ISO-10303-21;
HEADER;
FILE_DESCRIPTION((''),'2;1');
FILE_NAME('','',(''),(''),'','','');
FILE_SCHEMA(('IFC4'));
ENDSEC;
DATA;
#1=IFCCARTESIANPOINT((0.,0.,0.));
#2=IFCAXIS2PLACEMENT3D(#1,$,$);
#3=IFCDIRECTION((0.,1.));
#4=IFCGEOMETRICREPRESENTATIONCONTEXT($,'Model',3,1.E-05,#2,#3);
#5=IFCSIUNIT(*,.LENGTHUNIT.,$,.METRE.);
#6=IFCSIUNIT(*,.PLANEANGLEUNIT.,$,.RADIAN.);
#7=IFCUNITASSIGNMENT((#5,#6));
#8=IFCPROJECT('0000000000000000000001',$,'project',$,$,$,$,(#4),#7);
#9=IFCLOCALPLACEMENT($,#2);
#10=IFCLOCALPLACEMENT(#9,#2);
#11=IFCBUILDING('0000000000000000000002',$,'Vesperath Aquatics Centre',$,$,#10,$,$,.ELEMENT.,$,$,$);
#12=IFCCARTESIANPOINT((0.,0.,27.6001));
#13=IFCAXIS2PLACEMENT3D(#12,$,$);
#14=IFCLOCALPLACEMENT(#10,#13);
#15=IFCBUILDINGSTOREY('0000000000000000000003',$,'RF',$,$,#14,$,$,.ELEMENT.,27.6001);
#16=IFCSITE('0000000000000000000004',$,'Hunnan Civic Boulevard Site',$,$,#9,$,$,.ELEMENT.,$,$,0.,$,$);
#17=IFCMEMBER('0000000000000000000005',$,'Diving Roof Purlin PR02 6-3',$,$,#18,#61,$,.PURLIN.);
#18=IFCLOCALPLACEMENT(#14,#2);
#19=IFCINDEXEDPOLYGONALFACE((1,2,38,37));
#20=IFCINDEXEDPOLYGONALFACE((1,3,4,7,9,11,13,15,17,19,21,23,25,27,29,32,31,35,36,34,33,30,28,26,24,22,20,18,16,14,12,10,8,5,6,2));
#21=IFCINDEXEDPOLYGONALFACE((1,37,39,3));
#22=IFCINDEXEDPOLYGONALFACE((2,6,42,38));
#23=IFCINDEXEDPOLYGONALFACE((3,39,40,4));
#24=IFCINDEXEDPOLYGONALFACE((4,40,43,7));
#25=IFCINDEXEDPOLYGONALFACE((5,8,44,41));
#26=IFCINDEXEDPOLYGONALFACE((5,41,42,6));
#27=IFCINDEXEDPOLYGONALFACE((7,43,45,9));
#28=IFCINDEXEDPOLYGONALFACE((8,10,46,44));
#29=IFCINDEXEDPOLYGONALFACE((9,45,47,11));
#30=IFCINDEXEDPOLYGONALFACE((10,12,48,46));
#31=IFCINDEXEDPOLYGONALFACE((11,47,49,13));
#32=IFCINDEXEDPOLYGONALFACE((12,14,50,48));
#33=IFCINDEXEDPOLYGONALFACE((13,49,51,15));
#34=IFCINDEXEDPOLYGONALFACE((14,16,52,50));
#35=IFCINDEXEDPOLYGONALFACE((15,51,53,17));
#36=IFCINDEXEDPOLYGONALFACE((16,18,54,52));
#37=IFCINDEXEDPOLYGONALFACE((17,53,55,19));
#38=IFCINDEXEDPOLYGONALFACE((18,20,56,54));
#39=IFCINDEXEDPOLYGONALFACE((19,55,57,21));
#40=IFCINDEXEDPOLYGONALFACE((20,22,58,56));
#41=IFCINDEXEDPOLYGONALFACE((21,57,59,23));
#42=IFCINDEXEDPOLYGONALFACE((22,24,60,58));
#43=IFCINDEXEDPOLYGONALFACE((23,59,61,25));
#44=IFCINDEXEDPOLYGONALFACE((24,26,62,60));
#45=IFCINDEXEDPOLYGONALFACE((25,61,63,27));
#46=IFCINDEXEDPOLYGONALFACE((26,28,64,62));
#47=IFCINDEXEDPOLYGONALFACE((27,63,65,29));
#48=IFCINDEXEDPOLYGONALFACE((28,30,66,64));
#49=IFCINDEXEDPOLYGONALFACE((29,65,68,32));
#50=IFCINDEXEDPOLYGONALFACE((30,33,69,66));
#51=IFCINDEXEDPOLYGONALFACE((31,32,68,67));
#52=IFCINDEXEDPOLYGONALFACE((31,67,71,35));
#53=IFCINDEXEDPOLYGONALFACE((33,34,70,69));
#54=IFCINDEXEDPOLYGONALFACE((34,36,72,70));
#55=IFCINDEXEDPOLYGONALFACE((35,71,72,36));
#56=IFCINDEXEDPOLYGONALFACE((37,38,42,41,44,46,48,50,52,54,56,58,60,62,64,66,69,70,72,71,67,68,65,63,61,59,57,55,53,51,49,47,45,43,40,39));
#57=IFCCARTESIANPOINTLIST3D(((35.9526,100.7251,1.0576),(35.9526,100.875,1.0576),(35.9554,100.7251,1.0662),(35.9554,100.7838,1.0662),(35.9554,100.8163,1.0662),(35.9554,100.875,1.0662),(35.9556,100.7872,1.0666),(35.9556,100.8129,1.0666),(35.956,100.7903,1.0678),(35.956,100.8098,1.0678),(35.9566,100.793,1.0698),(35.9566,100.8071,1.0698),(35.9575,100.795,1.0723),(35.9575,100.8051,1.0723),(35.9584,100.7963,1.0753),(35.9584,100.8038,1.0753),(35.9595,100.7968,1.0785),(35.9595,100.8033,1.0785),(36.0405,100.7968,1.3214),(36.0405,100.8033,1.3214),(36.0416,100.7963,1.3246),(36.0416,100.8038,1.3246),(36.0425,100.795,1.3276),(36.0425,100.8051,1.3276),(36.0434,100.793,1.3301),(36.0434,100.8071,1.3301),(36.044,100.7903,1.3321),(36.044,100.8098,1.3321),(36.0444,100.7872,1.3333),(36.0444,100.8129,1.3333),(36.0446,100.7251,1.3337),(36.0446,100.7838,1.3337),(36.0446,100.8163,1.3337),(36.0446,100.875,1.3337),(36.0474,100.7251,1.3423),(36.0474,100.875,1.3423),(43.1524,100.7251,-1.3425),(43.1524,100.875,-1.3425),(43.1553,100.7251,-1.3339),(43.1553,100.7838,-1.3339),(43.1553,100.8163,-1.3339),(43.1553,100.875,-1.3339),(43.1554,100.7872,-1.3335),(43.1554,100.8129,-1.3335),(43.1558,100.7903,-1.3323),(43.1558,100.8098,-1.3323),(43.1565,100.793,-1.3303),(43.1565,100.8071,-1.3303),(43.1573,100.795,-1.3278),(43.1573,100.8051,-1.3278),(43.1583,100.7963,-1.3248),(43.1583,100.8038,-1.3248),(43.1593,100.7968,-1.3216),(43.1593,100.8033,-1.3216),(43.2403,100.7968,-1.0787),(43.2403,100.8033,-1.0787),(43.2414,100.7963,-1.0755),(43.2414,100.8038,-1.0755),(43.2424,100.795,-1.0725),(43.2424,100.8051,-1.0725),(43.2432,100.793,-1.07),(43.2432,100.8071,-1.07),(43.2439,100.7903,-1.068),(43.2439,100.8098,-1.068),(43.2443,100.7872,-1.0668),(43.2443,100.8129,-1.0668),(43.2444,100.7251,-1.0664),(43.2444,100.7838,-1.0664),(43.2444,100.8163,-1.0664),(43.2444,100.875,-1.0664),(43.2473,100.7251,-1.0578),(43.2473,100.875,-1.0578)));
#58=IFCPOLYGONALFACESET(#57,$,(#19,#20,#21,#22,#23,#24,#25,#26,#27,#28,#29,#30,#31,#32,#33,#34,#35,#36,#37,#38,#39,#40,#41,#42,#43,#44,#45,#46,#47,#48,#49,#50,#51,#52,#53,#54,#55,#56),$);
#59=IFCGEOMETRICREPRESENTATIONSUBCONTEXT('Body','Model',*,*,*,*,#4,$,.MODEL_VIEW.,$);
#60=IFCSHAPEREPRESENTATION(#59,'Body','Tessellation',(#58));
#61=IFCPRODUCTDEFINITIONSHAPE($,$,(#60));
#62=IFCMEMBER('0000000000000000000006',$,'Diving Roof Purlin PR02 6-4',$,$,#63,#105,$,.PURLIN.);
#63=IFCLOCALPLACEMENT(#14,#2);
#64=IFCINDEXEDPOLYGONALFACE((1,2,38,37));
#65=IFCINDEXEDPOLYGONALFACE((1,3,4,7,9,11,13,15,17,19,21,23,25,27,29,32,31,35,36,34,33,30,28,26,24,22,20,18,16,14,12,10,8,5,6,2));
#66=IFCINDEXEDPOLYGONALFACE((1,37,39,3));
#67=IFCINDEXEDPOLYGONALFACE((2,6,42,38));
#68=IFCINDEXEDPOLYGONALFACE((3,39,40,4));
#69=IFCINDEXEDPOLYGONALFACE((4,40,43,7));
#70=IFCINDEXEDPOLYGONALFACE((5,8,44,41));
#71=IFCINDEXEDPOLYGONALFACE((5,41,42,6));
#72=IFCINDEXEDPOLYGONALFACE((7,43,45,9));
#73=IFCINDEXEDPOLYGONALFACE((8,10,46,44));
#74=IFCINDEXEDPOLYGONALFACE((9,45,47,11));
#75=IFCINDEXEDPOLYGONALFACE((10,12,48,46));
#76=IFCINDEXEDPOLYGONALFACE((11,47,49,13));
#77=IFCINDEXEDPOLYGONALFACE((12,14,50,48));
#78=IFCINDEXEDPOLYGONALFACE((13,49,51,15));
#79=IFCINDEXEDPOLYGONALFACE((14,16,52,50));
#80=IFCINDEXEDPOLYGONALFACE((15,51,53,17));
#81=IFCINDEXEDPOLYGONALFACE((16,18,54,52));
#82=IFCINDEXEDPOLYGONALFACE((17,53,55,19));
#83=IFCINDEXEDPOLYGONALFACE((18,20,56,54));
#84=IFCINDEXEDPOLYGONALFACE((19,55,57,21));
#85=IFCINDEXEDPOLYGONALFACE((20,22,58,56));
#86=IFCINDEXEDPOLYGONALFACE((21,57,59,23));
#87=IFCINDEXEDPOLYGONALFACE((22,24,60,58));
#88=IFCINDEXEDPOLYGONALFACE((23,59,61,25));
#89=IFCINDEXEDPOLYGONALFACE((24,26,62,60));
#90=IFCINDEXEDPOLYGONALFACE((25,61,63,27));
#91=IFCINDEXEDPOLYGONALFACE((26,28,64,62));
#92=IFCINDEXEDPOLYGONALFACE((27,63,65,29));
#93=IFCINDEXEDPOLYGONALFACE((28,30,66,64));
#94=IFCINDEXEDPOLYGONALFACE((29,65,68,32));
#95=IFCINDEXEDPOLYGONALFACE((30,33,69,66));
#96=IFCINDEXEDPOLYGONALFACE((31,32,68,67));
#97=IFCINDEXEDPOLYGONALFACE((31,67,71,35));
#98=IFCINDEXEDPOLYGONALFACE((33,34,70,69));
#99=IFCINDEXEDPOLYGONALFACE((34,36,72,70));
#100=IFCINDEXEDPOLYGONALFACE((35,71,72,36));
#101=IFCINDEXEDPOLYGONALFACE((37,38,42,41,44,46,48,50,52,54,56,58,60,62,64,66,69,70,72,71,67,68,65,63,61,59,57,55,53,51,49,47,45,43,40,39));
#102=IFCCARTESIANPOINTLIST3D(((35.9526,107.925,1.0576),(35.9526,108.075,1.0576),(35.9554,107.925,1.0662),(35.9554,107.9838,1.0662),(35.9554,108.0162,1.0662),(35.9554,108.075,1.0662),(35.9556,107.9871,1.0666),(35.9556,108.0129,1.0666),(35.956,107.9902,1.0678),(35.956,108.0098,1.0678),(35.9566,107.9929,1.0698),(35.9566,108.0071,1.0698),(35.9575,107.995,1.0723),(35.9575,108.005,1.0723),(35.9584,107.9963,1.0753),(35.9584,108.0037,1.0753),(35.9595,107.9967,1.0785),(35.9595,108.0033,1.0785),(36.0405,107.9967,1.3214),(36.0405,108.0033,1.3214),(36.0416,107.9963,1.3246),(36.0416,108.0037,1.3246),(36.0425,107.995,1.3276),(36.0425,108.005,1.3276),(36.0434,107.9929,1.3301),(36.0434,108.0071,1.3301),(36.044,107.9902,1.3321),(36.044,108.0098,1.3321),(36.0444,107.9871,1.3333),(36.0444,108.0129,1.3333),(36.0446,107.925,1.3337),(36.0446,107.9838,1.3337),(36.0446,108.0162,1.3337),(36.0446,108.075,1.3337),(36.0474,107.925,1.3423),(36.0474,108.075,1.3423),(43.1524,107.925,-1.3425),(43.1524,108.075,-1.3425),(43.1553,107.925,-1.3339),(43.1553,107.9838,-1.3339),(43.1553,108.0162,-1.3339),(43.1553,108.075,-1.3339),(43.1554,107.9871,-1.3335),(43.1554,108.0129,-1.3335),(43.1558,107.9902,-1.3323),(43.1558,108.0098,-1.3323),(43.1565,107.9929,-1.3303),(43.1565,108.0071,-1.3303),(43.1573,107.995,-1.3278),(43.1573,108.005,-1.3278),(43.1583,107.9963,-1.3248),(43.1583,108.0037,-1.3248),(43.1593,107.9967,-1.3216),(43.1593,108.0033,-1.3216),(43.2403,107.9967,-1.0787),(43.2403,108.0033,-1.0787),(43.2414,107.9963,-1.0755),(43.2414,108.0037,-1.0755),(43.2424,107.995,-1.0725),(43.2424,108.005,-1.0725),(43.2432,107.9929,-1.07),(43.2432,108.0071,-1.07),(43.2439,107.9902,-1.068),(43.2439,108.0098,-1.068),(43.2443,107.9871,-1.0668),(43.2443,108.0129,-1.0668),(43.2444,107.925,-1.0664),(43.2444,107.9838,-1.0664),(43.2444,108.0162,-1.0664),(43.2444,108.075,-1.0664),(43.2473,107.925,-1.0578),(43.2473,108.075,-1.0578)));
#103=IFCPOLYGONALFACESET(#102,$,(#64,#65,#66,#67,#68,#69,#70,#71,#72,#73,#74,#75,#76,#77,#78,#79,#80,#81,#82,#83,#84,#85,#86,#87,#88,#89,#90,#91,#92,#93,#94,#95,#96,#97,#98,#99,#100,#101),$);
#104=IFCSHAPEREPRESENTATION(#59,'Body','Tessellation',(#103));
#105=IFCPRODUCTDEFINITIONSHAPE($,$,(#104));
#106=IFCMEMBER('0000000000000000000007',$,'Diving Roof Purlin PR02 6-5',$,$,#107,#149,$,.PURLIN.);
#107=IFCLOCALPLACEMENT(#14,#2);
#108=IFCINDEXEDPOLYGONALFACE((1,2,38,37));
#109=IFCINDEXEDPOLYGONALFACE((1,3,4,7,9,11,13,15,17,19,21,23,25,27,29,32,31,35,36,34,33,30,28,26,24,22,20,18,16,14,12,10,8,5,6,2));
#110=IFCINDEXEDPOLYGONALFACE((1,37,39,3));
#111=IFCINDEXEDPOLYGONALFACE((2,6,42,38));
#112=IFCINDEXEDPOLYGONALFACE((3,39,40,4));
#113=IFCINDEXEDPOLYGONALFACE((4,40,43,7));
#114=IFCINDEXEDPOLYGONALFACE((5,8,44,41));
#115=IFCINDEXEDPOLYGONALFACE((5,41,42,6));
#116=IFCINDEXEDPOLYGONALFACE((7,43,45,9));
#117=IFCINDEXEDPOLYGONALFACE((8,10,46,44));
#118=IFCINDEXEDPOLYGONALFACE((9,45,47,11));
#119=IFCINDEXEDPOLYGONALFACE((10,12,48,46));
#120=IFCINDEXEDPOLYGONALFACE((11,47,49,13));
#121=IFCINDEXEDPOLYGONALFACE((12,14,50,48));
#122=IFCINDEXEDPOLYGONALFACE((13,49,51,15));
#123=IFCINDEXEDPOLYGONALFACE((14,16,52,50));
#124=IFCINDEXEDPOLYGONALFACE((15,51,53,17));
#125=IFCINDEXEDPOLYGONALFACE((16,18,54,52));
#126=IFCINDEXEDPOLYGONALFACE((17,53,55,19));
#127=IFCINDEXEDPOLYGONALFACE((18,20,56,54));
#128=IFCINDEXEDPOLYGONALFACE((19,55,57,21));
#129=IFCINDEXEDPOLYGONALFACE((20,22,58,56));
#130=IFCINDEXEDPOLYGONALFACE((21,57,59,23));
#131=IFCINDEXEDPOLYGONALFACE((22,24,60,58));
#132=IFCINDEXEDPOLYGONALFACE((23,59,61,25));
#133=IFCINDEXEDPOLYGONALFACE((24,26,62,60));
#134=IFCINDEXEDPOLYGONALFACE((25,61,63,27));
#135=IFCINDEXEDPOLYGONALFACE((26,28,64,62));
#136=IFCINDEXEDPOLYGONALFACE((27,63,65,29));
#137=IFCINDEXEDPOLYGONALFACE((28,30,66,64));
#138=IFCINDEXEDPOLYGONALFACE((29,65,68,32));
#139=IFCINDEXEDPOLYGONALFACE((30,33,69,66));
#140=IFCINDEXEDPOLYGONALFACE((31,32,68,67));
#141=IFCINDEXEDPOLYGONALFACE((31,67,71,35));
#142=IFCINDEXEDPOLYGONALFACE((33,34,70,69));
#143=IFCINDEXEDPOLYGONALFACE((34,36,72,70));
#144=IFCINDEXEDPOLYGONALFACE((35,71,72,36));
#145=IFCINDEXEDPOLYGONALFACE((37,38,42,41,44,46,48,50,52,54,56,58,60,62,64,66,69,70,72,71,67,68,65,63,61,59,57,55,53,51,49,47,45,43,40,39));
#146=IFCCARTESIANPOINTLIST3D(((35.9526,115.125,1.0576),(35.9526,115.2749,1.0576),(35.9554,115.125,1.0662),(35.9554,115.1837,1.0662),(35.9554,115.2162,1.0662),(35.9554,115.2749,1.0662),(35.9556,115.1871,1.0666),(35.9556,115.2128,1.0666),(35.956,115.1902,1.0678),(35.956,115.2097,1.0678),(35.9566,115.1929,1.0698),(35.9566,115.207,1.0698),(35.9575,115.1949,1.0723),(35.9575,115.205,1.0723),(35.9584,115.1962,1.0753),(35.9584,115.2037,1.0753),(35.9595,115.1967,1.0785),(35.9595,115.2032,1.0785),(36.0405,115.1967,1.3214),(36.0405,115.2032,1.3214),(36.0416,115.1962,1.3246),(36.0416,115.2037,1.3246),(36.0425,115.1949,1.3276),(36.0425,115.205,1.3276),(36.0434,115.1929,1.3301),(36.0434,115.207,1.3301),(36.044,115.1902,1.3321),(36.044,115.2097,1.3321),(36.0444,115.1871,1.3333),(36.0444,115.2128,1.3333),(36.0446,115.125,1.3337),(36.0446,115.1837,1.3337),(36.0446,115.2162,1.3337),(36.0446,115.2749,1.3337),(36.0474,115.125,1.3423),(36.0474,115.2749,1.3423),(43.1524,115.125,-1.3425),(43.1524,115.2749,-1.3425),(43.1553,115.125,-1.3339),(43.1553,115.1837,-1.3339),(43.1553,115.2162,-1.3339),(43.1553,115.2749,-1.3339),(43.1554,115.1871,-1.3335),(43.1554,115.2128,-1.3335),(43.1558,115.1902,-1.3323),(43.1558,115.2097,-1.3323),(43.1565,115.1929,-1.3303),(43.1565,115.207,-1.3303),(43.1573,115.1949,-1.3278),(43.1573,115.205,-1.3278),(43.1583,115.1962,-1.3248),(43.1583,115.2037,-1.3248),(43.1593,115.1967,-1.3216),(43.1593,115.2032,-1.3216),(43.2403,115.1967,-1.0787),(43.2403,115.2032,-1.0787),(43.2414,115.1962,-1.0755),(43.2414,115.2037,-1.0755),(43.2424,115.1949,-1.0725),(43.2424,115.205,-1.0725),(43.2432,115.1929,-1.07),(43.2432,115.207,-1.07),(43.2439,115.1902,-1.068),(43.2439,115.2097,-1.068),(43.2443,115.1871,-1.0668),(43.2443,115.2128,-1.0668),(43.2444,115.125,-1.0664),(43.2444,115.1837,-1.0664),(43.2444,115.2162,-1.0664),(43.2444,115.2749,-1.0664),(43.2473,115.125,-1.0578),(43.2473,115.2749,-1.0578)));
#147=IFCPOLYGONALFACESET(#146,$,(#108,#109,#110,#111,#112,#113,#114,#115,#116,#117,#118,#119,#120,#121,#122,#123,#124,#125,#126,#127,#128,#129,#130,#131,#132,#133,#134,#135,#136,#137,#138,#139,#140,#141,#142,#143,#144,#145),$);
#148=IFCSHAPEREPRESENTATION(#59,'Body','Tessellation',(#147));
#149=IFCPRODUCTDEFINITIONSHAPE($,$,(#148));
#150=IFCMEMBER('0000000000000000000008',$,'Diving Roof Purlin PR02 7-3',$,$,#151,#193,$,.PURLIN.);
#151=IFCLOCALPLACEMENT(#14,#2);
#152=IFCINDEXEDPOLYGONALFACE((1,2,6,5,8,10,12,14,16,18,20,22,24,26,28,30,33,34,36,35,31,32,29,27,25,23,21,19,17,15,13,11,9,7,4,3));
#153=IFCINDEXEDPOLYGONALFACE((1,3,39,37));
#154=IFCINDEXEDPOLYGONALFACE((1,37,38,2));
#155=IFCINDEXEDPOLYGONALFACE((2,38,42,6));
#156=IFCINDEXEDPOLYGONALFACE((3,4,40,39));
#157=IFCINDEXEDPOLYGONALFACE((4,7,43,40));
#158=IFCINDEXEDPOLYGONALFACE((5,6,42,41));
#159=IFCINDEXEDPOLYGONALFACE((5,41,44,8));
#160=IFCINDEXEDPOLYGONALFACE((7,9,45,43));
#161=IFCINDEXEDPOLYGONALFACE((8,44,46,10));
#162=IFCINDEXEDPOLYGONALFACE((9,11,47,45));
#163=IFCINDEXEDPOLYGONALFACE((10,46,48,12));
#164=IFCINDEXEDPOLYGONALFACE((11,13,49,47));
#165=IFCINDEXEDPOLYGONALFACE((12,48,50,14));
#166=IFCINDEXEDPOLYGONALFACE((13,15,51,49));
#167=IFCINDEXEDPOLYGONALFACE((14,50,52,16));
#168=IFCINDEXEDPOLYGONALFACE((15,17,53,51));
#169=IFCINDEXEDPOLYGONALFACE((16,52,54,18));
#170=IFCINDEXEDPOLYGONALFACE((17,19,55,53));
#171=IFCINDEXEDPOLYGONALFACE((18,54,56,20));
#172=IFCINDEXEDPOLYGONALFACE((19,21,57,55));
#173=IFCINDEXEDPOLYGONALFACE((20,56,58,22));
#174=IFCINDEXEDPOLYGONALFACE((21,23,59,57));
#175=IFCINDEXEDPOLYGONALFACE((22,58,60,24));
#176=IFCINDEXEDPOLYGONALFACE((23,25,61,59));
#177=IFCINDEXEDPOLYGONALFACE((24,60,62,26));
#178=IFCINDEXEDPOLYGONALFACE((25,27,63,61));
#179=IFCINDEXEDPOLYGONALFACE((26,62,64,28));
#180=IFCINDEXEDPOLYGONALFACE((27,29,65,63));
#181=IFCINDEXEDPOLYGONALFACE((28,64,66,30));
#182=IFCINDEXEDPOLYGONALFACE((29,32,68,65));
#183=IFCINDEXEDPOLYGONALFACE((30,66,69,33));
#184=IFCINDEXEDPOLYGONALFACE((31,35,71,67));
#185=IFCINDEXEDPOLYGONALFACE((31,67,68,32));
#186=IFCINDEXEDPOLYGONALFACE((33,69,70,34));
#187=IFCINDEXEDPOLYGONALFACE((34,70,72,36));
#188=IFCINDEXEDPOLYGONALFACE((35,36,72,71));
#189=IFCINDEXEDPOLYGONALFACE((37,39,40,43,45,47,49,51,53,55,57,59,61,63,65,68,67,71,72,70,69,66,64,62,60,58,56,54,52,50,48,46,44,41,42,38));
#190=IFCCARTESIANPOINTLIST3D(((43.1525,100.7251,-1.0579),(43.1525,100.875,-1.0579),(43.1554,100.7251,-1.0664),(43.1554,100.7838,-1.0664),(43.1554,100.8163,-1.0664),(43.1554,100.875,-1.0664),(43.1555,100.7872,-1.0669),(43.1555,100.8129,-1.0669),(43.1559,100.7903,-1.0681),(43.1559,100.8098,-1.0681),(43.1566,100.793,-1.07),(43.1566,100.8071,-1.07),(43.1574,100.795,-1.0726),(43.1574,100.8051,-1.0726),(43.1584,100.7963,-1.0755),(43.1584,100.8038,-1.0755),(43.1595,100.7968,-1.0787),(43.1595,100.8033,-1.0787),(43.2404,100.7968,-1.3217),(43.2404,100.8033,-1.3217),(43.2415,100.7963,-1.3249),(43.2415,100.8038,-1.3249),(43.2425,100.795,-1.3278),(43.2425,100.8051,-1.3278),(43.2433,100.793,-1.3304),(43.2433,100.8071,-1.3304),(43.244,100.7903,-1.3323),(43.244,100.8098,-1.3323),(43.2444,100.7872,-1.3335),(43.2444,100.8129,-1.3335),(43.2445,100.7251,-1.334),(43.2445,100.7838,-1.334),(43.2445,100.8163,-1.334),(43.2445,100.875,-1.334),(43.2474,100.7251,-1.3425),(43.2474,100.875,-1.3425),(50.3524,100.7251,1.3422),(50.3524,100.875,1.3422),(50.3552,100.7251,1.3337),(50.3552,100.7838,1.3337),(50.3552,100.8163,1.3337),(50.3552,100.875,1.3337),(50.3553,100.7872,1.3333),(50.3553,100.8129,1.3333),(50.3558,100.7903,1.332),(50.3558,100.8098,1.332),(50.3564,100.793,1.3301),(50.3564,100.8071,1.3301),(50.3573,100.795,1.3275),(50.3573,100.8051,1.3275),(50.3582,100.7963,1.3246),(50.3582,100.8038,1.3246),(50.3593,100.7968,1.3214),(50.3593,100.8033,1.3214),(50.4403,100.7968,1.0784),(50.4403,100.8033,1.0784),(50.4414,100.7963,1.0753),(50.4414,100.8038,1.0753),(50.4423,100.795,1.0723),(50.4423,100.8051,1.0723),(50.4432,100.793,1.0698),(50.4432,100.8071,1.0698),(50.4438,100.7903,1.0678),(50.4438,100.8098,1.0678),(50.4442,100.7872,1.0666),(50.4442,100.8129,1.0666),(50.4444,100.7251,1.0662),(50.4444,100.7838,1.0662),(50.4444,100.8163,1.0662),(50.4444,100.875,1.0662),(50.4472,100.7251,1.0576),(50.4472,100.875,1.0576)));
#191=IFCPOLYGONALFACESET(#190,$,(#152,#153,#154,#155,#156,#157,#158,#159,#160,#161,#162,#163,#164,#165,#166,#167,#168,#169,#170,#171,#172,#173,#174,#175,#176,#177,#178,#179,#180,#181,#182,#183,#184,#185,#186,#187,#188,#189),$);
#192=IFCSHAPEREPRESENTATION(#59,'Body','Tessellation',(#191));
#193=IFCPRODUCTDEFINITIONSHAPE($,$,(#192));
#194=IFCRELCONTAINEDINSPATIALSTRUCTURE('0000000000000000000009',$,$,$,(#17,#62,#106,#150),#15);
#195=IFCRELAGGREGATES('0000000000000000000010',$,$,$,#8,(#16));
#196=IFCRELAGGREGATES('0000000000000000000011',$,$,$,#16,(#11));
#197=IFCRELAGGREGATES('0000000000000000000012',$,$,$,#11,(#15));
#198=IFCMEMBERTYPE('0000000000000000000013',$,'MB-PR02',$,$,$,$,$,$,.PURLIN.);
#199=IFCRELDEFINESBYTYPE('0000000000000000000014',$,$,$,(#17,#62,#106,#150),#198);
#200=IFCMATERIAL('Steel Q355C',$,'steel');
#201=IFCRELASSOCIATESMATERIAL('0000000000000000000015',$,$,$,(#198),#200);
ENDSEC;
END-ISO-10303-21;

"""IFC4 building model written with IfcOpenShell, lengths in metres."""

from ifc_helpers import new_model, si_unit, direction, frame, origin, origin_2d, place, context, subcontext, project, spatial, i_section, extrude, material, material_profile, profile_set, type_object, element, save


model = new_model("IFC4")

# Units and contexts
model_context = context("Model", 3, precision=1e-05, world=origin(), true_north=direction((0.0, 1.0)))
body_context = subcontext(model_context, "Body", "Model", "MODEL_VIEW")
ifc_project = project(units=[si_unit("LENGTHUNIT", "METRE"), si_unit("PLANEANGLEUNIT", "RADIAN")], contexts=[model_context])

# Site, building, storey
site_placement = place(None, origin())
site = spatial("IfcSite", under=ifc_project, at=site_placement, Name="Hunnan Civic Boulevard Site", CompositionType="ELEMENT", RefElevation=0.0)
building_placement = place(site_placement, origin())
building = spatial("IfcBuilding", under=site, at=building_placement, Name="Vesperath Aquatics Centre", CompositionType="ELEMENT")
storey_placement = place(building_placement, frame((0.0, 0.0, 27.6001)))
storey = spatial("IfcBuildingStorey", under=building, at=storey_placement, Name="RF", CompositionType="ELEMENT", Elevation=27.6001)

# Shared definitions
ifc_material_1 = material(Name="Steel Q355C", Category="steel")

# Members
ifc_material_profile_1 = material_profile(ifc_material_1, i_section(OverallWidth=0.1499, OverallDepth=0.3, WebThickness=0.0066, FlangeThickness=0.009, FilletRadius=0.0129, at=origin_2d()), Name="HN 300x150x6.5x9")
ifc_profile_set_1 = profile_set([ifc_material_profile_1], Name="Steel Q355C")
member_type_1 = type_object("IfcMemberType", Name="MB-PR02", PredefinedType="PURLIN", material=ifc_profile_set_1)
for number, where, z_axis, x_axis, name in (
    (1, (36.0, 100.8, 1.2), (0.948677, 0.0, -0.316247), (0.0, 1.0, 0.0), "Diving Roof Purlin PR02 6-3"),
    (2, (36.0, 108.0, 1.2), (0.948677, 0.0, -0.316247), (0.0, 1.0, 0.0), "Diving Roof Purlin PR02 6-4"),
    (3, (36.0, 115.2, 1.2), (0.948677, 0.0, -0.316247), (0.0, 1.0, 0.0), "Diving Roof Purlin PR02 6-5"),
    (4, (43.2, 100.8, -1.2002), (0.948677, 0.0, 0.316247), (0.0, 1.0, 0.0), "Diving Roof Purlin PR02 7-3"),
):
    element("IfcMember", number, at=place(storey_placement, frame(where, z_axis=z_axis, x_axis=x_axis)), inside=storey, type_object=member_type_1, Name=name, PredefinedType="PURLIN", context=body_context, shape_type="SweptSolid", body=[
        extrude(i_section(OverallWidth=0.1499, OverallDepth=0.3, WebThickness=0.0066, FlangeThickness=0.009, FilletRadius=0.0129, at=origin_2d()), origin(), (0.0, 0.0, 1.0), 7.5894),
    ])

save(model, "model.ifc")
